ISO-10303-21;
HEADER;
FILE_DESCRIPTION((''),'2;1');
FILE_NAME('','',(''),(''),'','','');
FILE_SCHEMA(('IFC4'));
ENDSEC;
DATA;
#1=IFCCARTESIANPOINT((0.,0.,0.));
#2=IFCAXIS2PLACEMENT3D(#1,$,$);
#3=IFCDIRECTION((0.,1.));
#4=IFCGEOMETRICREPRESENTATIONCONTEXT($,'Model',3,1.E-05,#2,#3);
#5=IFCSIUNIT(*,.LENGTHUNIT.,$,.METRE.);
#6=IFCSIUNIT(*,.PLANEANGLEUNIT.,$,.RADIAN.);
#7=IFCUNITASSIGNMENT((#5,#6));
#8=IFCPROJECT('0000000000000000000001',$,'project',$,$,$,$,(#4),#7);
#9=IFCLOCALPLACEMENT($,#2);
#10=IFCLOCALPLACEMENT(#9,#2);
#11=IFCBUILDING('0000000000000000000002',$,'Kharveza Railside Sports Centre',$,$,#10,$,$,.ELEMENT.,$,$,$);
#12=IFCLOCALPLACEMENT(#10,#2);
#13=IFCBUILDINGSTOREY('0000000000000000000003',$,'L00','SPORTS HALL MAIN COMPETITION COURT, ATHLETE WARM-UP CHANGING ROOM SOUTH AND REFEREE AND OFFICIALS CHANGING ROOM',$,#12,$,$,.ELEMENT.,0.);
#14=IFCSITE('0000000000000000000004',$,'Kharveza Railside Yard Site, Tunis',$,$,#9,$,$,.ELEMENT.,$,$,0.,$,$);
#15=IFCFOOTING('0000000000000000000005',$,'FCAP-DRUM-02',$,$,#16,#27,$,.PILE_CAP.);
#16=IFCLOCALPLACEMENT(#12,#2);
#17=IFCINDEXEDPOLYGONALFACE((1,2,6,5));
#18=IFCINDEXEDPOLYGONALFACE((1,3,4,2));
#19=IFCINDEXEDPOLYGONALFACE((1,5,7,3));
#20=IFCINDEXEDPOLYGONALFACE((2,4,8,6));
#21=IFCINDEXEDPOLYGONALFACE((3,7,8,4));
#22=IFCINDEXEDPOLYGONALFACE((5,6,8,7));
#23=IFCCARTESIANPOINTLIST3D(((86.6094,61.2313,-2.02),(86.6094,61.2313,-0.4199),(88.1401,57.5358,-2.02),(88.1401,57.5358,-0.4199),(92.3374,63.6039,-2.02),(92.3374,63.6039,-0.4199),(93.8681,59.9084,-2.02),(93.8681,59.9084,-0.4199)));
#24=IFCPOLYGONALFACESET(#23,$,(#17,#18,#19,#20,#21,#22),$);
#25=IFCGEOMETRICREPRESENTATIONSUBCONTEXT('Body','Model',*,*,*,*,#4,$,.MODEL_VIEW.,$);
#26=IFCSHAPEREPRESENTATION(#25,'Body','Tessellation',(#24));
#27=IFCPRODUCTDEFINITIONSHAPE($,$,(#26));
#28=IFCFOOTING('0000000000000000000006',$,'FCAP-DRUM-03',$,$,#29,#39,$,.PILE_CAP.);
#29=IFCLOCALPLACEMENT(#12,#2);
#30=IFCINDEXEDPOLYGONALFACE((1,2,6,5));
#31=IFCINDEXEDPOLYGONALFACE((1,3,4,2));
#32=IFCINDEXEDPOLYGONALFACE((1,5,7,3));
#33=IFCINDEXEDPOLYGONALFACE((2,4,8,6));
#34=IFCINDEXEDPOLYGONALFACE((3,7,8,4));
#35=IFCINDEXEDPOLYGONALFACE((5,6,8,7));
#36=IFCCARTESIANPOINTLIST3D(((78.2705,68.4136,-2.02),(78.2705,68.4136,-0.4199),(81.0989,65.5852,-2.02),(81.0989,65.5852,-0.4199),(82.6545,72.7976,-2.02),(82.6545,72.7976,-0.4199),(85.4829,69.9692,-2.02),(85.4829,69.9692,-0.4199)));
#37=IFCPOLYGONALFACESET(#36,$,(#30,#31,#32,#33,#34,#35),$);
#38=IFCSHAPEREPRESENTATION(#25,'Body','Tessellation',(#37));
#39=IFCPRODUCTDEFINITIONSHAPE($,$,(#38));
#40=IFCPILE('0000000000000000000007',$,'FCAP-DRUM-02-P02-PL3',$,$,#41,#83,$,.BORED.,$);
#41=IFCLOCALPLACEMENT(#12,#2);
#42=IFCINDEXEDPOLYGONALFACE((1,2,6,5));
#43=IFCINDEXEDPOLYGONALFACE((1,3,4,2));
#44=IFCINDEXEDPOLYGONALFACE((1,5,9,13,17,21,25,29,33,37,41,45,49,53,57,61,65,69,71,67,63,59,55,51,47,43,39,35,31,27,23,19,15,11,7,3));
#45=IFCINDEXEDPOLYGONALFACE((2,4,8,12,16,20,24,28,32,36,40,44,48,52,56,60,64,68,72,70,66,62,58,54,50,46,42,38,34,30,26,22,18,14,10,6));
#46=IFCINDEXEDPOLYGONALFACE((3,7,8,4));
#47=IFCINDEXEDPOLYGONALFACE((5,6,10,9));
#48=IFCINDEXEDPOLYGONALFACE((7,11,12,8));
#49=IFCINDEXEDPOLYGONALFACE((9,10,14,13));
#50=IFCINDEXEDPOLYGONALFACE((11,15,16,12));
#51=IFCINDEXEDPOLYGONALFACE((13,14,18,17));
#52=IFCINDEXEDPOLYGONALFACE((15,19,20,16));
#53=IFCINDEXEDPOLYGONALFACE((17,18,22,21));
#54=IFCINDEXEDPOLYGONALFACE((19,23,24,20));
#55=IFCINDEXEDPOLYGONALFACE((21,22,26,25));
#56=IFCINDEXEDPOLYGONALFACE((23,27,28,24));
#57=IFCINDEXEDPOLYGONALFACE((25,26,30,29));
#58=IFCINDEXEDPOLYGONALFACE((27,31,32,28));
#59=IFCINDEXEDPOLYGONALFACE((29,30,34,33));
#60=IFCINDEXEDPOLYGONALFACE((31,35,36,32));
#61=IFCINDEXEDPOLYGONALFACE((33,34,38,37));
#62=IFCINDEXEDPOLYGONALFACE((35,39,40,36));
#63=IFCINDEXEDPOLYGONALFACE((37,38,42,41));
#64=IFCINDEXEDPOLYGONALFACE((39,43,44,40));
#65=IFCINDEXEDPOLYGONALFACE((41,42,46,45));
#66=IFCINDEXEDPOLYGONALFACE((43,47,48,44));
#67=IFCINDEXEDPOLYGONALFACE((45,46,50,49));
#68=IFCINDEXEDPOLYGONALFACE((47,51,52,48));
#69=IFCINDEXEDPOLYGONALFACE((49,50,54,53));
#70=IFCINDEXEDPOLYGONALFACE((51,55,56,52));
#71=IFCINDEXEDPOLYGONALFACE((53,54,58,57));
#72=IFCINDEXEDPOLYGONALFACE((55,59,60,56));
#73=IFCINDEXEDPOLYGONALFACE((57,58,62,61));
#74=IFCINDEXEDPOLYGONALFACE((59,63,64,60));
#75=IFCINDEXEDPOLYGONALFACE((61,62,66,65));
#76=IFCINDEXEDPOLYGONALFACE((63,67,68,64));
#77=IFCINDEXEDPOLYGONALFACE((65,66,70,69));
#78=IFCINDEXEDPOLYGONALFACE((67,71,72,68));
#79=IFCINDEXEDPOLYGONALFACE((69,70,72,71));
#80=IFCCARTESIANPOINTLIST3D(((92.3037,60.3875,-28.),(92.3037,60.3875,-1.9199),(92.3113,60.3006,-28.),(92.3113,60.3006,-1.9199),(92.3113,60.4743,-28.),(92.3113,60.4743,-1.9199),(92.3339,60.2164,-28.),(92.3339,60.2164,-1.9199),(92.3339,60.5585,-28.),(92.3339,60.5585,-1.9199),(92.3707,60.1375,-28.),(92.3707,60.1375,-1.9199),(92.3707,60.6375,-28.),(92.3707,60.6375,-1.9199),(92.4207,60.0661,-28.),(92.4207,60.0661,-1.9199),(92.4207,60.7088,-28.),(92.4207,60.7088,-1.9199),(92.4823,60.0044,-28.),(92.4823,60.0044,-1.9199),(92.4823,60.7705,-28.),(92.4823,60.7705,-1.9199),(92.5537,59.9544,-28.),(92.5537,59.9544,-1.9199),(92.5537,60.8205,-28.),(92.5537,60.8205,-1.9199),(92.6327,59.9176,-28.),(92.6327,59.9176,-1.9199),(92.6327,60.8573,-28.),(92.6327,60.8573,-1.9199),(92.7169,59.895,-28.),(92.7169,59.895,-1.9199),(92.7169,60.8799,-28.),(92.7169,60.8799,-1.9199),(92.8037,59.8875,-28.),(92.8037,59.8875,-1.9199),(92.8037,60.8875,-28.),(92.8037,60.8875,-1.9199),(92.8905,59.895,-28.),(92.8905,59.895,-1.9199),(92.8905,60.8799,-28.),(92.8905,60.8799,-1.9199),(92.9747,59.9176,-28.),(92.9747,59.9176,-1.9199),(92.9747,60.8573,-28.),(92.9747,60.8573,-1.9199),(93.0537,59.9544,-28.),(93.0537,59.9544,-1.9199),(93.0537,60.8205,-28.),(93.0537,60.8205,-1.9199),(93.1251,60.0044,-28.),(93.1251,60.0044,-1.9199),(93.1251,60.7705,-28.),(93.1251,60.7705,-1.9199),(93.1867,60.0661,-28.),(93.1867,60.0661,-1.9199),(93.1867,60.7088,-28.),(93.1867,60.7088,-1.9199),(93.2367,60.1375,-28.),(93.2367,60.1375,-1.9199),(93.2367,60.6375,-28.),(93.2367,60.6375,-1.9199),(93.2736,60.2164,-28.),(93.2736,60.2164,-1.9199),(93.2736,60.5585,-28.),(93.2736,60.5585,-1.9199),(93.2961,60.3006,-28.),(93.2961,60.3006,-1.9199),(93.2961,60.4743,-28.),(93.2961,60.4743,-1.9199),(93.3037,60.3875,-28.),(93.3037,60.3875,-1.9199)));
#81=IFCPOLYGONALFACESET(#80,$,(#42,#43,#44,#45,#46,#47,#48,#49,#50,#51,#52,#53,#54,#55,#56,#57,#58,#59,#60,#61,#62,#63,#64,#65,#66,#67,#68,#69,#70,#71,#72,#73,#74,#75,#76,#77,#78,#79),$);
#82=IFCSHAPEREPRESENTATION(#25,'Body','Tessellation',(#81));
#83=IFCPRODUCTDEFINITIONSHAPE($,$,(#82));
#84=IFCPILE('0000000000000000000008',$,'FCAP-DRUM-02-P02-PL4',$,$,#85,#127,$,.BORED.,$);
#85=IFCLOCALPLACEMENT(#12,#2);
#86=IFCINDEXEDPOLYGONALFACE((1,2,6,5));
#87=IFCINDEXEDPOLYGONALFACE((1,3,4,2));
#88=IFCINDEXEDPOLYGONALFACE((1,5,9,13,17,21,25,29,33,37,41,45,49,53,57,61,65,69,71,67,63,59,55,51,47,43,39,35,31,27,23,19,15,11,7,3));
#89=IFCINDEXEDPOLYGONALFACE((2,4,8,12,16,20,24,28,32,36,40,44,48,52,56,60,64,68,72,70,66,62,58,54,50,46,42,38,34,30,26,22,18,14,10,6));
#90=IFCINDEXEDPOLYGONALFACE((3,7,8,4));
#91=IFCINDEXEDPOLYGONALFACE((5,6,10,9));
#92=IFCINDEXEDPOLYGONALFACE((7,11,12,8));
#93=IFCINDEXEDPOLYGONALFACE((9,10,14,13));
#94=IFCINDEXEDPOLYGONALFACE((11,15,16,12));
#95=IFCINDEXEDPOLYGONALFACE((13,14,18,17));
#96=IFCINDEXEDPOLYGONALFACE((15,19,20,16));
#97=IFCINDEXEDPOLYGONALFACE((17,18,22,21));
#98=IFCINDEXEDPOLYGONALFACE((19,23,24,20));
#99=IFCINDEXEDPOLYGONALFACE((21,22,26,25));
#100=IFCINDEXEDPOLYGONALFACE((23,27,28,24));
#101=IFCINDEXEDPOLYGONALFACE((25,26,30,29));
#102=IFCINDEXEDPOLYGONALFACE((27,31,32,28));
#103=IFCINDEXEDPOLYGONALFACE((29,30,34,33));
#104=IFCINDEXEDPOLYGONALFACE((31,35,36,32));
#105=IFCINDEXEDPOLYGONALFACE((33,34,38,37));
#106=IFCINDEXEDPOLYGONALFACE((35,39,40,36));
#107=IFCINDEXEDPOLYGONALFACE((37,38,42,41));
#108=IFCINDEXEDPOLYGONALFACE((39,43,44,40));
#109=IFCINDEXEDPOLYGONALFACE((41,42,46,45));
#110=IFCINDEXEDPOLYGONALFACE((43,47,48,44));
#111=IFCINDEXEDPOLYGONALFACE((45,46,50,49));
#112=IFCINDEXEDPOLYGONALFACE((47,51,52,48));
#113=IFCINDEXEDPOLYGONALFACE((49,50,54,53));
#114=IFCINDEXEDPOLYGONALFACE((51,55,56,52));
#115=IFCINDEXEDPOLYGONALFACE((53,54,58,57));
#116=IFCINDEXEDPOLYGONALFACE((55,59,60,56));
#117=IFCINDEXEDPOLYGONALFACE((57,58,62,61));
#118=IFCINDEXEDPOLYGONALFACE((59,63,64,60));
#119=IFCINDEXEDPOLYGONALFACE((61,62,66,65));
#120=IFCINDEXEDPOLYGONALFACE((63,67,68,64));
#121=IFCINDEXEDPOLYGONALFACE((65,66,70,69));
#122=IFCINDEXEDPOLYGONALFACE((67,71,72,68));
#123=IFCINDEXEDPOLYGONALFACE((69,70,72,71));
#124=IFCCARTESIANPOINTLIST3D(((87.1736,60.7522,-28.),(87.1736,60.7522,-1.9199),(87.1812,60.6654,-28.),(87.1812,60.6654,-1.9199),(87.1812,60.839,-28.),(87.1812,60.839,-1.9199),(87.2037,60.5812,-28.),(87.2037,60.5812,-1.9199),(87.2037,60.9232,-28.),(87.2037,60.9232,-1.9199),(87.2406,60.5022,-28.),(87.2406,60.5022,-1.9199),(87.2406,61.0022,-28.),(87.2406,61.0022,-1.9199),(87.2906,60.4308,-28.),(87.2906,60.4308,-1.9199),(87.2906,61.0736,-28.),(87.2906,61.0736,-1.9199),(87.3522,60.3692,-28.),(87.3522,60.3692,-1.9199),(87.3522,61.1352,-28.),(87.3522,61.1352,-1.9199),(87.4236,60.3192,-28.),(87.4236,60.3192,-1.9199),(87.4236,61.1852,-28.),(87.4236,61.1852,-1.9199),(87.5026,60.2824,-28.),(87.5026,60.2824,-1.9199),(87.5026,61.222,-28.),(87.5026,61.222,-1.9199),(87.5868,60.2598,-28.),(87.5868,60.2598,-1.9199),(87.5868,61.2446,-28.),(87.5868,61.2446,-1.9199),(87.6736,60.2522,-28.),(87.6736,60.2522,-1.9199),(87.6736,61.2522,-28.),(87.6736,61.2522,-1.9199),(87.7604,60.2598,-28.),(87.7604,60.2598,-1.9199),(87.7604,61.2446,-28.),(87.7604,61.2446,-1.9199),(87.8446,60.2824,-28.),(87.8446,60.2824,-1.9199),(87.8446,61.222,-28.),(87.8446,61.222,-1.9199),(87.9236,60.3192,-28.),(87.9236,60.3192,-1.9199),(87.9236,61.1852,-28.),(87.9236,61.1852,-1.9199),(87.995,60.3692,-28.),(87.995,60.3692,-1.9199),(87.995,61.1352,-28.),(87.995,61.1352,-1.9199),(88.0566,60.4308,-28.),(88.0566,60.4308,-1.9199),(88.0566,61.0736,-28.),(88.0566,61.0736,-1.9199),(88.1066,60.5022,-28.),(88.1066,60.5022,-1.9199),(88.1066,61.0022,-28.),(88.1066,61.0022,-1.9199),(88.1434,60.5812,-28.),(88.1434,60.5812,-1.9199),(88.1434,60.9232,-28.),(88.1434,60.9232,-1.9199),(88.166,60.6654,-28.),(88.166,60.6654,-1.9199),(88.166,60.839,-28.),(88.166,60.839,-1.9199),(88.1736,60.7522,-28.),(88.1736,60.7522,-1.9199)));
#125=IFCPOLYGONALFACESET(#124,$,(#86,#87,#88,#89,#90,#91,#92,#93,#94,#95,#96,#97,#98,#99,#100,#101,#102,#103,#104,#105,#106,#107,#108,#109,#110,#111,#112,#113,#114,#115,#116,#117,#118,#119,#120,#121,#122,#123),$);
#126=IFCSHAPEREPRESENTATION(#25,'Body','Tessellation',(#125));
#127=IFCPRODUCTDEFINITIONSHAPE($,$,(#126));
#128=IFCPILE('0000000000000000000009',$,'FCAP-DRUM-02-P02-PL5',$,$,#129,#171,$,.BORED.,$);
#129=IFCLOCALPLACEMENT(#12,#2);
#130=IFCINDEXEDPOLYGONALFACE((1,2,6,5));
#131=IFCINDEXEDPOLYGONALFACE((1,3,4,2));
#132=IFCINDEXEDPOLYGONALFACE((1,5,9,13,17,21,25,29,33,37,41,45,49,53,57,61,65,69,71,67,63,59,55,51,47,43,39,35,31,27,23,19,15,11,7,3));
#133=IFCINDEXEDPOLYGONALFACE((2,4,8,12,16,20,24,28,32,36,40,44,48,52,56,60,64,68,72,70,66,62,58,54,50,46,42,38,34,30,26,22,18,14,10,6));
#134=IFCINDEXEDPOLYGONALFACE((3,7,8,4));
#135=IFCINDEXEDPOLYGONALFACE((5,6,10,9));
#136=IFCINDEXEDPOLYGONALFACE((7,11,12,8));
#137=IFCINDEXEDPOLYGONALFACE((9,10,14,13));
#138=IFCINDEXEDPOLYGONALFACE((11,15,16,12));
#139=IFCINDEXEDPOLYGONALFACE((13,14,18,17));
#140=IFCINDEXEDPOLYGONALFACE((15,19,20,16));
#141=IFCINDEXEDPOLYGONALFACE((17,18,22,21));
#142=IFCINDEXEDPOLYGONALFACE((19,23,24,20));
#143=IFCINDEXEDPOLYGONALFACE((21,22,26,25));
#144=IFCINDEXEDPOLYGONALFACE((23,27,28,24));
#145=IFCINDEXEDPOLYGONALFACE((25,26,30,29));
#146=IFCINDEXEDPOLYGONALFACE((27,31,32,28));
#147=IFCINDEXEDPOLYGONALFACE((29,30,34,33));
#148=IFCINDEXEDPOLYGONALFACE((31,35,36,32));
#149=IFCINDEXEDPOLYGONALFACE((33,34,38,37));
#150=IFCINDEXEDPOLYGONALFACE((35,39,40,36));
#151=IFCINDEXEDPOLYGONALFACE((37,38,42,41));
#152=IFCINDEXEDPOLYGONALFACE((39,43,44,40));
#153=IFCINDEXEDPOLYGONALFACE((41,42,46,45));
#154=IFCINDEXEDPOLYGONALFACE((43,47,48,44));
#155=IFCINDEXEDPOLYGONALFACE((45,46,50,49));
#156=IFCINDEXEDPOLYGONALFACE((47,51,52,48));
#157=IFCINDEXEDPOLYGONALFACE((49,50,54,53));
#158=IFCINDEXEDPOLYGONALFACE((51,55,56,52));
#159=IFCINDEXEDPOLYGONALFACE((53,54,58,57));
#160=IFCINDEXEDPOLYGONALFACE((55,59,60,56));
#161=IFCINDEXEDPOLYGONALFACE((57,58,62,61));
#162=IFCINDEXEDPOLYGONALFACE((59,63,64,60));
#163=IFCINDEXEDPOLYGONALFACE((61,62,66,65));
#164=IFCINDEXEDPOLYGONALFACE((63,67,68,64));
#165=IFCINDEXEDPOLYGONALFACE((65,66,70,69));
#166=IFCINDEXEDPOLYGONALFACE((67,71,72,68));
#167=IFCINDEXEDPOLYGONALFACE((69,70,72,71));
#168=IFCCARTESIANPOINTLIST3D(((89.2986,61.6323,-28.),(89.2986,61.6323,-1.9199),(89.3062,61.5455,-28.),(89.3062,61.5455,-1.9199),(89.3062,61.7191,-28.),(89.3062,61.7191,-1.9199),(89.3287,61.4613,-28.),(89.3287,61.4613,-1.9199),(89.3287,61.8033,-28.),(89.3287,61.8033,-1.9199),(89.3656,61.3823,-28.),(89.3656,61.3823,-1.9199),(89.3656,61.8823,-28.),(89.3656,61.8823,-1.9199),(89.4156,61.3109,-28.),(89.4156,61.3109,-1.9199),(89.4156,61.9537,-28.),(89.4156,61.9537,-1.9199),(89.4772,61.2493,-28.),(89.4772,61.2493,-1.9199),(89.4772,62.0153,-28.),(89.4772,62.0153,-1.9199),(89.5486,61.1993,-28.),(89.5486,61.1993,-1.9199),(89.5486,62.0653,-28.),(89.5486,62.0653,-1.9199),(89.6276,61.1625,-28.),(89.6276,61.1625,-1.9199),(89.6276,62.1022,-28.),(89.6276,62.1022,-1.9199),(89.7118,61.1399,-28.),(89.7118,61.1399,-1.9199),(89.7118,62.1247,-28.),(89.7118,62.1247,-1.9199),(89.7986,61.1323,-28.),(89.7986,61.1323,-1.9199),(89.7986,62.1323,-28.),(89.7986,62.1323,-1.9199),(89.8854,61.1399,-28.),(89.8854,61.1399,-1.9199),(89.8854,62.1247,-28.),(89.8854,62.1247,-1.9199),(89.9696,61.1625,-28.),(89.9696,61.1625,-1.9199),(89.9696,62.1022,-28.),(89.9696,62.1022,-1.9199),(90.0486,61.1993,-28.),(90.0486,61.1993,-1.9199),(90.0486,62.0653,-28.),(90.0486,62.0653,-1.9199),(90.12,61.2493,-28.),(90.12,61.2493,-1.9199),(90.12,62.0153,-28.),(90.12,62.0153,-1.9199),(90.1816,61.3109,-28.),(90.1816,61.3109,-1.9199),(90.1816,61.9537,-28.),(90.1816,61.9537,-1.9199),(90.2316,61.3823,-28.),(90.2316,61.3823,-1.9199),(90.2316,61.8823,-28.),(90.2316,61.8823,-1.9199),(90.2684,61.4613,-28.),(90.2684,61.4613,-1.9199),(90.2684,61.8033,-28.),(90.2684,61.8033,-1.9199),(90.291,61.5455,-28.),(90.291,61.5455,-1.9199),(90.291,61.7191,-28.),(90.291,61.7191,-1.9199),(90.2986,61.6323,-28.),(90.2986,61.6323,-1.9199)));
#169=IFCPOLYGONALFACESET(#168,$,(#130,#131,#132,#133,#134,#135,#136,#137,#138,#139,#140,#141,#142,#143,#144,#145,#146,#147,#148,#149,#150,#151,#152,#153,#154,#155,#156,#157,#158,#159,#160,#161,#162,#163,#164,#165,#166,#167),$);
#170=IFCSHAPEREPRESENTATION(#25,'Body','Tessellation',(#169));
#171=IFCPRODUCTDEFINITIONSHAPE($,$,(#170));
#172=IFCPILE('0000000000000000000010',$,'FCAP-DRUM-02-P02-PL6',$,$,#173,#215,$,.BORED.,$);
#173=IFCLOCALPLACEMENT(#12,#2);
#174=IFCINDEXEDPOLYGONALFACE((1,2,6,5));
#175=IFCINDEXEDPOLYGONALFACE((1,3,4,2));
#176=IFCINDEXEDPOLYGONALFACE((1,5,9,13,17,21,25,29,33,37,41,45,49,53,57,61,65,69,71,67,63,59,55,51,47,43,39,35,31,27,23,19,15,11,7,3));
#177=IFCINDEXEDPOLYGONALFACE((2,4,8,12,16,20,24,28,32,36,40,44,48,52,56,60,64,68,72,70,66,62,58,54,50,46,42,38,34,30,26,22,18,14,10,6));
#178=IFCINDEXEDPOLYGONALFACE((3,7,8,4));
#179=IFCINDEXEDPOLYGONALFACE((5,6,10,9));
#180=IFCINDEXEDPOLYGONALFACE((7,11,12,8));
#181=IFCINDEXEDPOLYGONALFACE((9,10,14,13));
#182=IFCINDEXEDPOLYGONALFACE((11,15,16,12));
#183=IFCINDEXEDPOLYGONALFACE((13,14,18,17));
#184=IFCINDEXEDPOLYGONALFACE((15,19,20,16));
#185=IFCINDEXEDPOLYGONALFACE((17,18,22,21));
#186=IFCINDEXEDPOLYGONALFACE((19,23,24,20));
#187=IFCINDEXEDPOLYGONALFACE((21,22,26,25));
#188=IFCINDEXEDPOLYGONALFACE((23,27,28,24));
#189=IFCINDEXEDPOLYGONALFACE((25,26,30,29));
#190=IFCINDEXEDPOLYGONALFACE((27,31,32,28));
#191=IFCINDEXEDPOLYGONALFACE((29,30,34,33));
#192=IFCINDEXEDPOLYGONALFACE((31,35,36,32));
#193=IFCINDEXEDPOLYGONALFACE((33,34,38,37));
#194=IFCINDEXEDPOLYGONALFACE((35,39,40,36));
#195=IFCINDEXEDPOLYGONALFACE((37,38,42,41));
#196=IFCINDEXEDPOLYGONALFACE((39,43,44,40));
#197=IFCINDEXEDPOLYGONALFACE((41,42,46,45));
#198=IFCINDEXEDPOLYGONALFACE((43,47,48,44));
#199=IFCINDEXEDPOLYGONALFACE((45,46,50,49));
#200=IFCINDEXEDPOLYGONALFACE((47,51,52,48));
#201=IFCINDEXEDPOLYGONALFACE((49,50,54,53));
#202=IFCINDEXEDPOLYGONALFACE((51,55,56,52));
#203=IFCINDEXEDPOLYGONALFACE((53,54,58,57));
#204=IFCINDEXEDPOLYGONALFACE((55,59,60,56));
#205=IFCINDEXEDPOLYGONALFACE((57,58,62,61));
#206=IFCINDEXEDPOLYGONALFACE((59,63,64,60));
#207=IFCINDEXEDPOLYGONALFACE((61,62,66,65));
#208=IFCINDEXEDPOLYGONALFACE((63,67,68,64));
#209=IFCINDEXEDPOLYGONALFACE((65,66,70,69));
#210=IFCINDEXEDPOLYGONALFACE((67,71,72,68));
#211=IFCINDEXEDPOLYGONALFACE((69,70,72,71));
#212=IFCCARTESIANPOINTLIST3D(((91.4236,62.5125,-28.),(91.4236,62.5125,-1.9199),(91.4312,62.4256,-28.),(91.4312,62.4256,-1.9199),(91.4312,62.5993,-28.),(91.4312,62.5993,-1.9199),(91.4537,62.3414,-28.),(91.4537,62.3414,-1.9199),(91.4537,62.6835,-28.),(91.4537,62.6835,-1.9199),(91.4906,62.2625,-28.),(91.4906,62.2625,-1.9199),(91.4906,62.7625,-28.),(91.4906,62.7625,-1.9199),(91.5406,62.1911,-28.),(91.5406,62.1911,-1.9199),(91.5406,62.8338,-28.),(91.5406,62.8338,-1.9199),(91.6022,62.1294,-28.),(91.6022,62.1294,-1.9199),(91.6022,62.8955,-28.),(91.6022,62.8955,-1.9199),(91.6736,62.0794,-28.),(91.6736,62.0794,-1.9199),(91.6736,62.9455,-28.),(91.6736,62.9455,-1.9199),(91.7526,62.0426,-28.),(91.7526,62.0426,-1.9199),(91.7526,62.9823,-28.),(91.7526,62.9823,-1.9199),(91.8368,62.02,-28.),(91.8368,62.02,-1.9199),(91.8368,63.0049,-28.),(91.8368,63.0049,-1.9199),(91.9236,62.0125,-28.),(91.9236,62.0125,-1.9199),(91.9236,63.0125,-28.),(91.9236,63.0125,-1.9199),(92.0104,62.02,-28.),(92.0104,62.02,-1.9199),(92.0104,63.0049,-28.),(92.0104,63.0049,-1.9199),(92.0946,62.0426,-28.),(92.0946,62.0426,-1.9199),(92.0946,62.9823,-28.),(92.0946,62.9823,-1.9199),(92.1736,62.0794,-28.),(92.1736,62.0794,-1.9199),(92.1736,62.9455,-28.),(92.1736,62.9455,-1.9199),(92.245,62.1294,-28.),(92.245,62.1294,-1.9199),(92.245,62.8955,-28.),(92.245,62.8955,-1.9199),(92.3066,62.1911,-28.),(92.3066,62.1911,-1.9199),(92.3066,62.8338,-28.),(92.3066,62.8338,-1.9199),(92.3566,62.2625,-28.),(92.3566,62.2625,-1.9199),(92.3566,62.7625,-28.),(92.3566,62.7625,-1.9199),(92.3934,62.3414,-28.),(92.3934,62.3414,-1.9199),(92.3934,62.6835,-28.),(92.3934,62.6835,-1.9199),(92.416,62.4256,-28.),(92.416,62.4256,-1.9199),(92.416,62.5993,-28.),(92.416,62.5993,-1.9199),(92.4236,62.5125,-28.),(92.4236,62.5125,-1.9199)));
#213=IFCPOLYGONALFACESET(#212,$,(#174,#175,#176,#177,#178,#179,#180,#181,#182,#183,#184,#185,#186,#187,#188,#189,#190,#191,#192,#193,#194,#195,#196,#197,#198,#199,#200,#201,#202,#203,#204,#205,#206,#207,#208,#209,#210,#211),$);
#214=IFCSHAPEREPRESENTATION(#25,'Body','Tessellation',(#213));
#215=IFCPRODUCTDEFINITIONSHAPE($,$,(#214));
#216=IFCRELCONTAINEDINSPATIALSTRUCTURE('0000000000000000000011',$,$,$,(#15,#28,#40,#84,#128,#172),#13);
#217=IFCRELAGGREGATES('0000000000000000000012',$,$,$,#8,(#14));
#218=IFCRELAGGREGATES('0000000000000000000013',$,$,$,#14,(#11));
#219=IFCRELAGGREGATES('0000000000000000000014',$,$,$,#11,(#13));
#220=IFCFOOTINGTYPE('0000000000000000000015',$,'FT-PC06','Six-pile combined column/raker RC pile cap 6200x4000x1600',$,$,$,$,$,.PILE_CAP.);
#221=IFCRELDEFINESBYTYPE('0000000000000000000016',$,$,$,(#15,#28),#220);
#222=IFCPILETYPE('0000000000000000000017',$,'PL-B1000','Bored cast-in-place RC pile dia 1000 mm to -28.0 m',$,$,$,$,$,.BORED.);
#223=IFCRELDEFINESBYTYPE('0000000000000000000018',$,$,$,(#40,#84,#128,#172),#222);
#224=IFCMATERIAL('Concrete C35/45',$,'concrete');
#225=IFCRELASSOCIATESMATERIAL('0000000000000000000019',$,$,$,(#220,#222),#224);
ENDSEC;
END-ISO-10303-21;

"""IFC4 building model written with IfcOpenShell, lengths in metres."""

from ifc_helpers import new_model, si_unit, direction, frame, origin, origin_2d, place, context, subcontext, project, spatial, rectangle, circle, extrude, material, material_profile, profile_set, type_object, element, save


model = new_model("IFC4")

# Units and contexts
model_context = context("Model", 3, precision=1e-05, world=origin(), true_north=direction((0.0, 1.0)))
body_context = subcontext(model_context, "Body", "Model", "MODEL_VIEW")
ifc_project = project(units=[si_unit("LENGTHUNIT", "METRE"), si_unit("PLANEANGLEUNIT", "RADIAN")], contexts=[model_context])

# Site, building, storey
site_placement = place(None, origin())
site = spatial("IfcSite", under=ifc_project, at=site_placement, Name="Kharveza Railside Yard Site, Tunis", CompositionType="ELEMENT", RefElevation=0.0)
building_placement = place(site_placement, origin())
building = spatial("IfcBuilding", under=site, at=building_placement, Name="Kharveza Railside Sports Centre", CompositionType="ELEMENT")
storey_placement = place(building_placement, origin())
storey = spatial("IfcBuildingStorey", under=building, at=storey_placement, Name="L00", Description="SPORTS HALL MAIN COMPETITION COURT, ATHLETE WARM-UP CHANGING ROOM SOUTH AND REFEREE AND OFFICIALS CHANGING ROOM", CompositionType="ELEMENT", Elevation=0.0)

# Footings
ifc_material_1 = material(Name="Concrete C35/45", Category="concrete")
footing_type = type_object("IfcFootingType", Name="FT-PC06", Description="Six-pile combined column/raker RC pile cap 6200x4000x1600", PredefinedType="PILE_CAP", material=ifc_material_1)
for number, where, z_axis, x_axis, name in (
    (1, (90.2388, 60.5698, -2.02), (0.0, 0.0, 1.0), (0.92388, 0.382683, 0.0), "FCAP-DRUM-02"),
    (2, (81.8767, 69.1914, -2.02), (0.0, 0.0, 1.0), (0.707107, 0.707107, 0.0), "FCAP-DRUM-03"),
):
    element("IfcFooting", number, at=place(storey_placement, frame(where, z_axis=z_axis, x_axis=x_axis)), inside=storey, type_object=footing_type, Name=name, PredefinedType="PILE_CAP", context=body_context, shape_type="SweptSolid", body=[
        extrude(rectangle(XDim=6.2, YDim=4.0, at=origin_2d()), origin(), (0.0, 0.0, 1.0), 1.6001),
    ])

# Piles
ifc_material_profile_1 = material_profile(ifc_material_1, circle(Radius=0.5, at=origin_2d()), Name="PILE D1000")
ifc_profile_set_1 = profile_set([ifc_material_profile_1], Name="Concrete C35/45")
pile_type = type_object("IfcPileType", Name="PL-B1000", Description="Bored cast-in-place RC pile dia 1000 mm to -28.0 m", PredefinedType="BORED", material=ifc_profile_set_1)
for number, where, z_axis, x_axis, name in (
    (3, (92.8037, 60.3875, -1.9199), (0.0, 0.0, -1.0), (1.0, 0.0, 0.0), "FCAP-DRUM-02-P02-PL3"),
    (4, (87.6736, 60.7522, -1.9199), (0.0, 0.0, -1.0), (1.0, 0.0, 0.0), "FCAP-DRUM-02-P02-PL4"),
    (5, (89.7986, 61.6323, -1.9199), (0.0, 0.0, -1.0), (1.0, 0.0, 0.0), "FCAP-DRUM-02-P02-PL5"),
    (6, (91.9236, 62.5125, -1.9199), (0.0, 0.0, -1.0), (1.0, 0.0, 0.0), "FCAP-DRUM-02-P02-PL6"),
):
    element("IfcPile", number, at=place(storey_placement, frame(where, z_axis=z_axis, x_axis=x_axis)), inside=storey, type_object=pile_type, Name=name, PredefinedType="BORED", context=body_context, shape_type="SweptSolid", body=[
        extrude(circle(Radius=0.5, at=origin_2d()), origin(), (0.0, 0.0, 1.0), 26.0801),
    ])

save(model, "model.ifc")
